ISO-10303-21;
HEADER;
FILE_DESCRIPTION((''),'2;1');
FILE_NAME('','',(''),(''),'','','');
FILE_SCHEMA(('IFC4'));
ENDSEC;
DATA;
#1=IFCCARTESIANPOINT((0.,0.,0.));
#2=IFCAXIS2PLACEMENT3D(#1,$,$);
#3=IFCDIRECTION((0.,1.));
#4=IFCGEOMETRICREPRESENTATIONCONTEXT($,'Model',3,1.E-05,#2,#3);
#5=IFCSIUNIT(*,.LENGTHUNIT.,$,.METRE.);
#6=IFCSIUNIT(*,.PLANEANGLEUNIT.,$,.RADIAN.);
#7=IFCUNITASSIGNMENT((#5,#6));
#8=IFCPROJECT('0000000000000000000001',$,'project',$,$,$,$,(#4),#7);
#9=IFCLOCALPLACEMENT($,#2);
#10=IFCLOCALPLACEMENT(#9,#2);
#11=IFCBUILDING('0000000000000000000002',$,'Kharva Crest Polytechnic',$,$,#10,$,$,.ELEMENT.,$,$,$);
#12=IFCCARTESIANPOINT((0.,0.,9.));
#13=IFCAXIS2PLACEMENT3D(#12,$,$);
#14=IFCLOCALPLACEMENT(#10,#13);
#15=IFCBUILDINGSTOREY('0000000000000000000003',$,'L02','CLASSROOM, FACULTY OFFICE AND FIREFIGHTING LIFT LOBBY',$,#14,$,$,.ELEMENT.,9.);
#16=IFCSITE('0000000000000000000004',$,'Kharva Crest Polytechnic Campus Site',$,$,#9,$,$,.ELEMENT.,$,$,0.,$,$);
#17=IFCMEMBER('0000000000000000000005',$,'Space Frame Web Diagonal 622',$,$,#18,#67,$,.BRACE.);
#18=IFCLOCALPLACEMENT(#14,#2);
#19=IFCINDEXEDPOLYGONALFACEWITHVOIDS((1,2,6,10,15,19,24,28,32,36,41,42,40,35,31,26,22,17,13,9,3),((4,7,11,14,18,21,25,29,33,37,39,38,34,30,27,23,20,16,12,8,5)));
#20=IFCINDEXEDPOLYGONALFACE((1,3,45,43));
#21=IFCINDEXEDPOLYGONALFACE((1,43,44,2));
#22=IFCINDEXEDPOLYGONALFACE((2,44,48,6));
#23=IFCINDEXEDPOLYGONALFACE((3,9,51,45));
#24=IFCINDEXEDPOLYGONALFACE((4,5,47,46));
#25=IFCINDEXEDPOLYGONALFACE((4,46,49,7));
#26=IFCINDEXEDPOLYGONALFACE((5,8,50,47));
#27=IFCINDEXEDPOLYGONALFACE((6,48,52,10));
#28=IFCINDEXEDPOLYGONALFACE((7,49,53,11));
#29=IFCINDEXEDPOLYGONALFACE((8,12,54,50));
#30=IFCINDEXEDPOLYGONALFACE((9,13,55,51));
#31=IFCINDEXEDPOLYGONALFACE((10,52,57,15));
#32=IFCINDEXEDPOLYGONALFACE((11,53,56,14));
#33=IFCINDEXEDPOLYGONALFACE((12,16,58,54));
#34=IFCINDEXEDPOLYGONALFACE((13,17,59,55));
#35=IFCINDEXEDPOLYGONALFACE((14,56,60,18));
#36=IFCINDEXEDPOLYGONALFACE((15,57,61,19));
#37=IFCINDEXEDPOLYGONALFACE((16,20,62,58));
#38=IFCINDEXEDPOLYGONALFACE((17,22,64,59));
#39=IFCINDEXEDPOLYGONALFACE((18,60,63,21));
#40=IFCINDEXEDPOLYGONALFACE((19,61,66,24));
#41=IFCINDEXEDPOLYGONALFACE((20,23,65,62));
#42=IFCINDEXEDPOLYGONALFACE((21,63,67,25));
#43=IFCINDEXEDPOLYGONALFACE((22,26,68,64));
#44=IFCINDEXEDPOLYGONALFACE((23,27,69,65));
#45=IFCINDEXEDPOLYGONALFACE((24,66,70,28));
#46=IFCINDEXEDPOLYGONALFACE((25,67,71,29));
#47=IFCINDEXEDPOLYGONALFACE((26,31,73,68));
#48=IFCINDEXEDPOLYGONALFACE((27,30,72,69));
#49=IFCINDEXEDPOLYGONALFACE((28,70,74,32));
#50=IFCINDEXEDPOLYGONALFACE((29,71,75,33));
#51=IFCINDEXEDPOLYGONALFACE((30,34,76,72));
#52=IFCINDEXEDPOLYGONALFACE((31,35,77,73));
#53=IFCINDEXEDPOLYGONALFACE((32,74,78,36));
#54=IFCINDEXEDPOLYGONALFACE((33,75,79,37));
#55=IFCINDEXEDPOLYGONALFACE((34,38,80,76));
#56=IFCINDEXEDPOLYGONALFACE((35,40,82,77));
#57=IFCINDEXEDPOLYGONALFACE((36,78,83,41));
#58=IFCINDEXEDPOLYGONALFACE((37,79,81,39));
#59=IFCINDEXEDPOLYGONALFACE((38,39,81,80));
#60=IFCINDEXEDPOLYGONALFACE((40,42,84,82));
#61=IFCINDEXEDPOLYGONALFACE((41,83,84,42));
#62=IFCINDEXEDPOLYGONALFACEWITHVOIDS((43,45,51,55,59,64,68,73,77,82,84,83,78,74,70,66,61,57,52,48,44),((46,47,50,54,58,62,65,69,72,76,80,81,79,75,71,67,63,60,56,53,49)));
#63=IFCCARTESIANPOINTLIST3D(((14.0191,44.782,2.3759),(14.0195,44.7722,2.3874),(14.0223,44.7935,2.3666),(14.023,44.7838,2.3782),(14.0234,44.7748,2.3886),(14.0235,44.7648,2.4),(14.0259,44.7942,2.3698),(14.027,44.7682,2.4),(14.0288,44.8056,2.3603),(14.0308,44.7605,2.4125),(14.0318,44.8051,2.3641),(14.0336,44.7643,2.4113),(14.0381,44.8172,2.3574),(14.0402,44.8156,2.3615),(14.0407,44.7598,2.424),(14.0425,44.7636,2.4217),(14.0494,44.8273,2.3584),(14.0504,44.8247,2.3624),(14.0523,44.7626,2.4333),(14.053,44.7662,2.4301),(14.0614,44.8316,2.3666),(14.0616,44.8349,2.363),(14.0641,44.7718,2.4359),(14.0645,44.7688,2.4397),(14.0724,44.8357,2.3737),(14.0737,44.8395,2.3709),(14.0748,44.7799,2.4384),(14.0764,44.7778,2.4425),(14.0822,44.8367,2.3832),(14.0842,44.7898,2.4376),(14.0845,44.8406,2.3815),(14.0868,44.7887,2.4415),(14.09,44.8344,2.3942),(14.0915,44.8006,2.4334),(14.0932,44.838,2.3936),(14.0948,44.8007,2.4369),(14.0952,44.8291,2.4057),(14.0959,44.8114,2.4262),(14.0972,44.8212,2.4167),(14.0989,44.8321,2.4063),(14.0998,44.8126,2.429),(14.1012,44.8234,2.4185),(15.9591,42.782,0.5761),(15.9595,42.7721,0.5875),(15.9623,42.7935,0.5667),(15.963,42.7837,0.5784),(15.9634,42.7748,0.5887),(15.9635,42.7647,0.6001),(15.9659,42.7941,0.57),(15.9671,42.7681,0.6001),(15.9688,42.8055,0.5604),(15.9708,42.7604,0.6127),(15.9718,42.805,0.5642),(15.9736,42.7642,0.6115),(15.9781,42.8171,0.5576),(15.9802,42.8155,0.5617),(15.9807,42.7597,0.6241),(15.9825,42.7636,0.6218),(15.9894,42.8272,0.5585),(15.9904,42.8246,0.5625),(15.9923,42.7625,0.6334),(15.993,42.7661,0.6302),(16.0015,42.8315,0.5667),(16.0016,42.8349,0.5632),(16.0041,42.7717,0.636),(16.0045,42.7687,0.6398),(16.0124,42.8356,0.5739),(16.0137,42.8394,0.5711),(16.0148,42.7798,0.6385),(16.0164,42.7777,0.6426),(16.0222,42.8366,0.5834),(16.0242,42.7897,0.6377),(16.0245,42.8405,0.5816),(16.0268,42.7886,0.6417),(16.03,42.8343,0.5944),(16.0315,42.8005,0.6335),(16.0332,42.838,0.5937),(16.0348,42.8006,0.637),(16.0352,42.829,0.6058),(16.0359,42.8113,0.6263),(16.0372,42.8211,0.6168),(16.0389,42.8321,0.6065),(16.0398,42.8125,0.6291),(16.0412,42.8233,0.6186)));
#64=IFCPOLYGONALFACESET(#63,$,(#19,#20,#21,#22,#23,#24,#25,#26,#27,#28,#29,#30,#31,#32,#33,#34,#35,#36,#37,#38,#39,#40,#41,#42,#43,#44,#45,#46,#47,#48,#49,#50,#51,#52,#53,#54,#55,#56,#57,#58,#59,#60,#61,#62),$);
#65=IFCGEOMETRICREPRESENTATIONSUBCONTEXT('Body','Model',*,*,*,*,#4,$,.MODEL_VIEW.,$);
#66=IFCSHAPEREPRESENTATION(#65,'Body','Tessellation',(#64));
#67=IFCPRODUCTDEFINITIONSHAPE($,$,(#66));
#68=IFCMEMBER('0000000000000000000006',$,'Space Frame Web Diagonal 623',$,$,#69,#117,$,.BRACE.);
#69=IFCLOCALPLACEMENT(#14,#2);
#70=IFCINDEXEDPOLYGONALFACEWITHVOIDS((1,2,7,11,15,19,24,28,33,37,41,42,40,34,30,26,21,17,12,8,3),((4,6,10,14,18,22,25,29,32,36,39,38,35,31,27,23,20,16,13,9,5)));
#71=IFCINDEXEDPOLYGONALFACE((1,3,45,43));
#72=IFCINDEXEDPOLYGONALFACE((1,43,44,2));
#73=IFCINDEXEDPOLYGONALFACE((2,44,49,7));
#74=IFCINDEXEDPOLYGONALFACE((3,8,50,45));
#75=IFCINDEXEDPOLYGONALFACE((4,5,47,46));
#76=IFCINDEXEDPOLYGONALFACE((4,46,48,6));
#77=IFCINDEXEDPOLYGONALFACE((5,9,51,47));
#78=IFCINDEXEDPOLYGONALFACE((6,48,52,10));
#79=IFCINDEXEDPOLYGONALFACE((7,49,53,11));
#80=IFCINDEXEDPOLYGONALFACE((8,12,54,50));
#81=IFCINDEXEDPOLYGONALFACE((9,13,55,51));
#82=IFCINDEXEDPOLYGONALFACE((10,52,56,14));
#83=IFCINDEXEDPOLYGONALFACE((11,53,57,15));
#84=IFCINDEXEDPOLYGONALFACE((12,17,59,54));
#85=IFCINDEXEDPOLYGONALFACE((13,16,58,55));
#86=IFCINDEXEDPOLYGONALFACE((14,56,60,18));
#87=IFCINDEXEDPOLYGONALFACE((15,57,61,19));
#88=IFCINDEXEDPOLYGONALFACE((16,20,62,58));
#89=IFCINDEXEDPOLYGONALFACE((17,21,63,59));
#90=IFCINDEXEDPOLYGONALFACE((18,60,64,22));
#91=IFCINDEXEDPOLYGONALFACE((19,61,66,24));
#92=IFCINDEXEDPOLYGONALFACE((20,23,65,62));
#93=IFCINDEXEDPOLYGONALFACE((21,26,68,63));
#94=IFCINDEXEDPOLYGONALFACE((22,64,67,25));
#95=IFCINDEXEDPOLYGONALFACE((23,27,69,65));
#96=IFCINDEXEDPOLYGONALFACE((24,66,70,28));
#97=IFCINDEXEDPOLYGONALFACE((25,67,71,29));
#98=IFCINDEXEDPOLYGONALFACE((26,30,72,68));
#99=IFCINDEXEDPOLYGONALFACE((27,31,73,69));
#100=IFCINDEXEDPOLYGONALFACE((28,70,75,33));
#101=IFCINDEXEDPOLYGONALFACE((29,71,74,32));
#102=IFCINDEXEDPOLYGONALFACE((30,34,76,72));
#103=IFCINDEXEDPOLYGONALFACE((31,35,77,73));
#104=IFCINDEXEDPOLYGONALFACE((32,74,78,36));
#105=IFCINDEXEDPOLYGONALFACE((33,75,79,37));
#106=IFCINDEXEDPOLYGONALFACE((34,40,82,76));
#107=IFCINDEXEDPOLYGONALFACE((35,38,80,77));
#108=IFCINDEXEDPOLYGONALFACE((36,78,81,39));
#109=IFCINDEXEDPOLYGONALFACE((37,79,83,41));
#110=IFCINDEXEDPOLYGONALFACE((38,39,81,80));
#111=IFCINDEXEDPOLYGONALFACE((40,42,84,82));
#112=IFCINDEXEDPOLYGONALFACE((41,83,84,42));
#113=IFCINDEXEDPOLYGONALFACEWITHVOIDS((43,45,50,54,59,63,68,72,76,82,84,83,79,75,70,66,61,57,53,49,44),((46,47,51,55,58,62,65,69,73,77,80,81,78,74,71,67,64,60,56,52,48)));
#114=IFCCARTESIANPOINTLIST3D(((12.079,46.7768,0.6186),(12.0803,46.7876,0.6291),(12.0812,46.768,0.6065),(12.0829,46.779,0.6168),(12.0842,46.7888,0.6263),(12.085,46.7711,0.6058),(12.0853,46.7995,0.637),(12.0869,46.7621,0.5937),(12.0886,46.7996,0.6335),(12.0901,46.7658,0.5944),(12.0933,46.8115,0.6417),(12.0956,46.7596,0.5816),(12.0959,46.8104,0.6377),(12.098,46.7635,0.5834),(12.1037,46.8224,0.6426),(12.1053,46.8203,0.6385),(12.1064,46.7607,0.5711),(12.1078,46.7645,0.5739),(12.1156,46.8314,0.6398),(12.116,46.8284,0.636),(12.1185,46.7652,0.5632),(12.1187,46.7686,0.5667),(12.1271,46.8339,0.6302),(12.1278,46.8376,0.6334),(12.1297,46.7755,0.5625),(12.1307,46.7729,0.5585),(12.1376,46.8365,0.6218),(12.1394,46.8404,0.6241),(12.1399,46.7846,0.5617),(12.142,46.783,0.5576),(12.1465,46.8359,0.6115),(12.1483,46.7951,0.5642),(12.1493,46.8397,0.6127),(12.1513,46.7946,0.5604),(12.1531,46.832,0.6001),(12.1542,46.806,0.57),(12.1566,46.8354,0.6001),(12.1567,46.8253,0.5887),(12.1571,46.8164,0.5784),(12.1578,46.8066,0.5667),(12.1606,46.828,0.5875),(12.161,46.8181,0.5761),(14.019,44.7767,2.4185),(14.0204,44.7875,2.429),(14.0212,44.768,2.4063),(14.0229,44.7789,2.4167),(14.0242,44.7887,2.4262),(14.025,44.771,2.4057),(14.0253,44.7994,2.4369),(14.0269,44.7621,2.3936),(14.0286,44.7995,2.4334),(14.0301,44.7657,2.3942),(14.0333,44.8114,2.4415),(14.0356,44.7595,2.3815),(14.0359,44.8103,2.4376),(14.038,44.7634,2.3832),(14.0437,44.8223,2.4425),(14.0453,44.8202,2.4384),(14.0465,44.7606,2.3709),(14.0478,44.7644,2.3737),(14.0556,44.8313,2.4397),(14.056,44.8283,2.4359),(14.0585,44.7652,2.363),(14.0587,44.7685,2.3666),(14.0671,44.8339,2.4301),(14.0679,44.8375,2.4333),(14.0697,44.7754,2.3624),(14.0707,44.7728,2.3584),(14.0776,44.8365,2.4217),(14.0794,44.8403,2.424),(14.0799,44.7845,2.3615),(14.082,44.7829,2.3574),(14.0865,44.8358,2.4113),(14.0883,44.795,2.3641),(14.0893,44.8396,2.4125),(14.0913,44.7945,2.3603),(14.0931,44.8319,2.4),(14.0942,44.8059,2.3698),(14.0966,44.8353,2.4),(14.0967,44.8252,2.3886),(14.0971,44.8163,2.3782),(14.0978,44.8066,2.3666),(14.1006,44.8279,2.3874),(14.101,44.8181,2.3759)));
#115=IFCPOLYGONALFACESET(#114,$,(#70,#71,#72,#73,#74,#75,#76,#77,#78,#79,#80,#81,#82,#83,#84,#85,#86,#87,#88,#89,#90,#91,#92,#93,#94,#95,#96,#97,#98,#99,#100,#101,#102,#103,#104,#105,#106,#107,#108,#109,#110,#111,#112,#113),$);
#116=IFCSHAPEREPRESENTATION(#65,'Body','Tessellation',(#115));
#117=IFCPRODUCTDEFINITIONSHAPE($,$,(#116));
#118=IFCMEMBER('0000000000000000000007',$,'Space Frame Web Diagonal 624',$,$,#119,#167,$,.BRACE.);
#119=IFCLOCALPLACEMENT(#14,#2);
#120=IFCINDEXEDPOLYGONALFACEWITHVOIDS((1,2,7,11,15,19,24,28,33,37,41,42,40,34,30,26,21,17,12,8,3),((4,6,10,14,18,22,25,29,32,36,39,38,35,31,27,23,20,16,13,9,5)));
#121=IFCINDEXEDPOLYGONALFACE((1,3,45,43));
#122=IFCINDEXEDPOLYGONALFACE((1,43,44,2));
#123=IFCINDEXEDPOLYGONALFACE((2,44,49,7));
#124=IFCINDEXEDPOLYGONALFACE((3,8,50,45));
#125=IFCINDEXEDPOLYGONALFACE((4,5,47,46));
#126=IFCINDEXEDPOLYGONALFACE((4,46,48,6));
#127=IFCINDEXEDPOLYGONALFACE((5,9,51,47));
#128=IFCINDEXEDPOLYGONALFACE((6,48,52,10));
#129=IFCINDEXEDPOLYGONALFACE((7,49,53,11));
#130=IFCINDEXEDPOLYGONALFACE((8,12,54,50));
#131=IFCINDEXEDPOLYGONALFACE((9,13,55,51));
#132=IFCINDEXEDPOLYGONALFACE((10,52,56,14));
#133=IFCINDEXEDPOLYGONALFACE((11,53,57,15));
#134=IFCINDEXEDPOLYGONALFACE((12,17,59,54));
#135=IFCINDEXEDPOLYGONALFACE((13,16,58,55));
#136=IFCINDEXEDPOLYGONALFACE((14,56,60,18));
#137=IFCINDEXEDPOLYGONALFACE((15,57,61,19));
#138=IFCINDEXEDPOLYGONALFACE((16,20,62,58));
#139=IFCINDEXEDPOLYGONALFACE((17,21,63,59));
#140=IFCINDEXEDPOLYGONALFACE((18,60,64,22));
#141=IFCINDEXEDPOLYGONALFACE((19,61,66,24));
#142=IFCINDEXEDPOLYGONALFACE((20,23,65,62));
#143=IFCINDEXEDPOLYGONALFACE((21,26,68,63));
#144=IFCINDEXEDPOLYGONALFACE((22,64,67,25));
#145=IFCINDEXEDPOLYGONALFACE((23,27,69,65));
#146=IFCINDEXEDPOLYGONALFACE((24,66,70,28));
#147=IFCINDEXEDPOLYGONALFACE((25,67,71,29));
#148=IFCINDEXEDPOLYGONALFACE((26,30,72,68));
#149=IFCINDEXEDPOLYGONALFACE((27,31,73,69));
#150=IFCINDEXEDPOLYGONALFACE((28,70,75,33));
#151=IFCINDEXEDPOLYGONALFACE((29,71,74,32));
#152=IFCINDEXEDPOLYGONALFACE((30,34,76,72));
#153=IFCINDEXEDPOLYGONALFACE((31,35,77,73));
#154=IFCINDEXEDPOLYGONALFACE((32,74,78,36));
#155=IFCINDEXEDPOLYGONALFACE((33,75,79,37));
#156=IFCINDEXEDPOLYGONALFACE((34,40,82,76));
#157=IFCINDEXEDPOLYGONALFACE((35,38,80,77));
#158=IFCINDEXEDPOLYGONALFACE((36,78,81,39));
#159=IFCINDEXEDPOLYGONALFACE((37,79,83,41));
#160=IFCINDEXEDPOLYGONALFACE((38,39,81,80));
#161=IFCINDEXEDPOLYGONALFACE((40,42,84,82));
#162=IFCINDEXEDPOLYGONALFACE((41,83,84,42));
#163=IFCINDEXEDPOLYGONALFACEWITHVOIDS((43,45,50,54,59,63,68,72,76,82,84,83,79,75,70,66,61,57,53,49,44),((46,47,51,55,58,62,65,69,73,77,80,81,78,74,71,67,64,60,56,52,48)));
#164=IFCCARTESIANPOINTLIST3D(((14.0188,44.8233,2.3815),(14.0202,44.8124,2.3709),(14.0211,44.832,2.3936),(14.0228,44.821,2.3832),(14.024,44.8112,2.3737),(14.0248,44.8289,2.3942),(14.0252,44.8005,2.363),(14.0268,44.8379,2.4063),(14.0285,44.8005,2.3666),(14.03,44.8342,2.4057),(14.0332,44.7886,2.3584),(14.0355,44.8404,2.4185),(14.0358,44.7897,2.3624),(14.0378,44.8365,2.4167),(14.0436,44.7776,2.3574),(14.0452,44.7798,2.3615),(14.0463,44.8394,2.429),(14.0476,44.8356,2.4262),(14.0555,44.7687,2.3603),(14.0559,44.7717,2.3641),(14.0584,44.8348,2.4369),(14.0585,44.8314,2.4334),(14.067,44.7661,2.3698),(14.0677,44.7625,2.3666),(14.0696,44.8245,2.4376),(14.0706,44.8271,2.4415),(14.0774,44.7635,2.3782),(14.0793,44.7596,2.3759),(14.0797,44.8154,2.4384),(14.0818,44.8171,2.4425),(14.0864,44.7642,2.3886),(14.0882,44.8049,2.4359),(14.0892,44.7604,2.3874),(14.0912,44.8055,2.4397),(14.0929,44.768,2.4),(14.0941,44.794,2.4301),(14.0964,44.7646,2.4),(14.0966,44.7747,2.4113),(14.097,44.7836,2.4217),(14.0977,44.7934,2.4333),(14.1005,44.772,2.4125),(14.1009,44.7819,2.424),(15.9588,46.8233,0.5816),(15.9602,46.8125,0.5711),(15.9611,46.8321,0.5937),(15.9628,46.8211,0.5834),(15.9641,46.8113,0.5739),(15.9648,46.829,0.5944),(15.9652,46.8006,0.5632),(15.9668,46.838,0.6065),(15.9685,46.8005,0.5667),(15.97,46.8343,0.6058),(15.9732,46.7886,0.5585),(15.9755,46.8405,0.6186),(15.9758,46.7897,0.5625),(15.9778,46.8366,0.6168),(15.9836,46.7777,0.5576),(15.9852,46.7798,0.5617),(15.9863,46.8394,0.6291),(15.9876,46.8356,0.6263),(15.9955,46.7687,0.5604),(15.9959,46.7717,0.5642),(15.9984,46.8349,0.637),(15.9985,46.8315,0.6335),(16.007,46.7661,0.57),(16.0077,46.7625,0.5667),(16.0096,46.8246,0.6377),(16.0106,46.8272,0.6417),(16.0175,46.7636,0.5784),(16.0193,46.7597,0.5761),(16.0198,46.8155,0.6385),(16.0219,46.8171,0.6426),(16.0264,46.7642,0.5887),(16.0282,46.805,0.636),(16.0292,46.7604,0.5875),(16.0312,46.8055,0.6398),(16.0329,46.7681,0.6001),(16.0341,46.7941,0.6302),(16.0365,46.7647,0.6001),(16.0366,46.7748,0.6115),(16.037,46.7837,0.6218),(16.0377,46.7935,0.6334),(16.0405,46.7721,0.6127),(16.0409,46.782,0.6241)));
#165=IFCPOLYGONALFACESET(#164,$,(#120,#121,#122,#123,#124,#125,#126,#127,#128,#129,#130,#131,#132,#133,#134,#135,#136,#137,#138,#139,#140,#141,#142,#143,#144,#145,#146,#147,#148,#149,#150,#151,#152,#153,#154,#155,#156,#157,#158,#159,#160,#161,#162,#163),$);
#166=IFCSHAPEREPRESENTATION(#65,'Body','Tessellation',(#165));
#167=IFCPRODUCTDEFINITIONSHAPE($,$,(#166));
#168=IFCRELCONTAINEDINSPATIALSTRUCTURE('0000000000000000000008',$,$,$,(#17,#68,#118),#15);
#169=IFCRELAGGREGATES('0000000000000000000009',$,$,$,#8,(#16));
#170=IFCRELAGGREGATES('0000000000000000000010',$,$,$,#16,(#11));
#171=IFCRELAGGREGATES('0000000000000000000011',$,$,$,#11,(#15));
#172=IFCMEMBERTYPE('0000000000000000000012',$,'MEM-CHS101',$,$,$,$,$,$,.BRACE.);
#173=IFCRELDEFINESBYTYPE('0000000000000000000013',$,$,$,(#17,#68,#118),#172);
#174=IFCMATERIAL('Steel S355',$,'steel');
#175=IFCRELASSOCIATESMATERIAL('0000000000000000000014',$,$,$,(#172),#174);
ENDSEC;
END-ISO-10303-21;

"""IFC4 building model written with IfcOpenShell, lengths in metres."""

from ifc_helpers import new_model, si_unit, direction, frame, origin, origin_2d, place, context, subcontext, project, spatial, hollow_circle, extrude, material, material_profile, profile_set, type_object, element, save


model = new_model("IFC4")

# Units and contexts
model_context = context("Model", 3, precision=1e-05, world=origin(), true_north=direction((0.0, 1.0)))
body_context = subcontext(model_context, "Body", "Model", "MODEL_VIEW")
ifc_project = project(units=[si_unit("LENGTHUNIT", "METRE"), si_unit("PLANEANGLEUNIT", "RADIAN")], contexts=[model_context])

# Site, building, storey
site_placement = place(None, origin())
site = spatial("IfcSite", under=ifc_project, at=site_placement, Name="Kharva Crest Polytechnic Campus Site", CompositionType="ELEMENT", RefElevation=0.0)
building_placement = place(site_placement, origin())
building = spatial("IfcBuilding", under=site, at=building_placement, Name="Kharva Crest Polytechnic", CompositionType="ELEMENT")
storey_placement = place(building_placement, frame((0.0, 0.0, 9.0)))
storey = spatial("IfcBuildingStorey", under=building, at=storey_placement, Name="L02", Description="CLASSROOM, FACULTY OFFICE AND FIREFIGHTING LIFT LOBBY", CompositionType="ELEMENT", Elevation=9.0)

# Shared definitions
ifc_material_1 = material(Name="Steel S355", Category="steel")

# Members
ifc_material_profile_1 = material_profile(ifc_material_1, hollow_circle(Radius=0.0508, WallThickness=0.0049, at=origin_2d()), Name="CHS 101.6X5.0")
ifc_profile_set_1 = profile_set([ifc_material_profile_1], Name="Steel S355")
member_type_1 = type_object("IfcMemberType", Name="MEM-CHS101", PredefinedType="BRACE", material=ifc_profile_set_1)
for number, where, z_axis, x_axis, name in (
    (1, (16.0, 42.8, 0.6001), (-0.584843, 0.60295, 0.542596), (-0.717802, -0.696247, 0.0), "Space Frame Web Diagonal 622"),
    (2, (12.1201, 46.8, 0.6001), (0.584843, -0.60295, 0.542596), (0.717802, 0.696247, 0.0), "Space Frame Web Diagonal 623"),
    (3, (16.0, 46.8, 0.6001), (-0.584843, -0.60295, 0.542596), (0.717802, -0.696247, 0.0), "Space Frame Web Diagonal 624"),
):
    element("IfcMember", number, at=place(storey_placement, frame(where, z_axis=z_axis, x_axis=x_axis)), inside=storey, type_object=member_type_1, Name=name, PredefinedType="BRACE", context=body_context, shape_type="SweptSolid", body=[
        extrude(hollow_circle(Radius=0.0508, WallThickness=0.0049, at=origin_2d()), origin(), (0.0, 0.0, 1.0), 3.3171),
    ])

save(model, "model.ifc")
